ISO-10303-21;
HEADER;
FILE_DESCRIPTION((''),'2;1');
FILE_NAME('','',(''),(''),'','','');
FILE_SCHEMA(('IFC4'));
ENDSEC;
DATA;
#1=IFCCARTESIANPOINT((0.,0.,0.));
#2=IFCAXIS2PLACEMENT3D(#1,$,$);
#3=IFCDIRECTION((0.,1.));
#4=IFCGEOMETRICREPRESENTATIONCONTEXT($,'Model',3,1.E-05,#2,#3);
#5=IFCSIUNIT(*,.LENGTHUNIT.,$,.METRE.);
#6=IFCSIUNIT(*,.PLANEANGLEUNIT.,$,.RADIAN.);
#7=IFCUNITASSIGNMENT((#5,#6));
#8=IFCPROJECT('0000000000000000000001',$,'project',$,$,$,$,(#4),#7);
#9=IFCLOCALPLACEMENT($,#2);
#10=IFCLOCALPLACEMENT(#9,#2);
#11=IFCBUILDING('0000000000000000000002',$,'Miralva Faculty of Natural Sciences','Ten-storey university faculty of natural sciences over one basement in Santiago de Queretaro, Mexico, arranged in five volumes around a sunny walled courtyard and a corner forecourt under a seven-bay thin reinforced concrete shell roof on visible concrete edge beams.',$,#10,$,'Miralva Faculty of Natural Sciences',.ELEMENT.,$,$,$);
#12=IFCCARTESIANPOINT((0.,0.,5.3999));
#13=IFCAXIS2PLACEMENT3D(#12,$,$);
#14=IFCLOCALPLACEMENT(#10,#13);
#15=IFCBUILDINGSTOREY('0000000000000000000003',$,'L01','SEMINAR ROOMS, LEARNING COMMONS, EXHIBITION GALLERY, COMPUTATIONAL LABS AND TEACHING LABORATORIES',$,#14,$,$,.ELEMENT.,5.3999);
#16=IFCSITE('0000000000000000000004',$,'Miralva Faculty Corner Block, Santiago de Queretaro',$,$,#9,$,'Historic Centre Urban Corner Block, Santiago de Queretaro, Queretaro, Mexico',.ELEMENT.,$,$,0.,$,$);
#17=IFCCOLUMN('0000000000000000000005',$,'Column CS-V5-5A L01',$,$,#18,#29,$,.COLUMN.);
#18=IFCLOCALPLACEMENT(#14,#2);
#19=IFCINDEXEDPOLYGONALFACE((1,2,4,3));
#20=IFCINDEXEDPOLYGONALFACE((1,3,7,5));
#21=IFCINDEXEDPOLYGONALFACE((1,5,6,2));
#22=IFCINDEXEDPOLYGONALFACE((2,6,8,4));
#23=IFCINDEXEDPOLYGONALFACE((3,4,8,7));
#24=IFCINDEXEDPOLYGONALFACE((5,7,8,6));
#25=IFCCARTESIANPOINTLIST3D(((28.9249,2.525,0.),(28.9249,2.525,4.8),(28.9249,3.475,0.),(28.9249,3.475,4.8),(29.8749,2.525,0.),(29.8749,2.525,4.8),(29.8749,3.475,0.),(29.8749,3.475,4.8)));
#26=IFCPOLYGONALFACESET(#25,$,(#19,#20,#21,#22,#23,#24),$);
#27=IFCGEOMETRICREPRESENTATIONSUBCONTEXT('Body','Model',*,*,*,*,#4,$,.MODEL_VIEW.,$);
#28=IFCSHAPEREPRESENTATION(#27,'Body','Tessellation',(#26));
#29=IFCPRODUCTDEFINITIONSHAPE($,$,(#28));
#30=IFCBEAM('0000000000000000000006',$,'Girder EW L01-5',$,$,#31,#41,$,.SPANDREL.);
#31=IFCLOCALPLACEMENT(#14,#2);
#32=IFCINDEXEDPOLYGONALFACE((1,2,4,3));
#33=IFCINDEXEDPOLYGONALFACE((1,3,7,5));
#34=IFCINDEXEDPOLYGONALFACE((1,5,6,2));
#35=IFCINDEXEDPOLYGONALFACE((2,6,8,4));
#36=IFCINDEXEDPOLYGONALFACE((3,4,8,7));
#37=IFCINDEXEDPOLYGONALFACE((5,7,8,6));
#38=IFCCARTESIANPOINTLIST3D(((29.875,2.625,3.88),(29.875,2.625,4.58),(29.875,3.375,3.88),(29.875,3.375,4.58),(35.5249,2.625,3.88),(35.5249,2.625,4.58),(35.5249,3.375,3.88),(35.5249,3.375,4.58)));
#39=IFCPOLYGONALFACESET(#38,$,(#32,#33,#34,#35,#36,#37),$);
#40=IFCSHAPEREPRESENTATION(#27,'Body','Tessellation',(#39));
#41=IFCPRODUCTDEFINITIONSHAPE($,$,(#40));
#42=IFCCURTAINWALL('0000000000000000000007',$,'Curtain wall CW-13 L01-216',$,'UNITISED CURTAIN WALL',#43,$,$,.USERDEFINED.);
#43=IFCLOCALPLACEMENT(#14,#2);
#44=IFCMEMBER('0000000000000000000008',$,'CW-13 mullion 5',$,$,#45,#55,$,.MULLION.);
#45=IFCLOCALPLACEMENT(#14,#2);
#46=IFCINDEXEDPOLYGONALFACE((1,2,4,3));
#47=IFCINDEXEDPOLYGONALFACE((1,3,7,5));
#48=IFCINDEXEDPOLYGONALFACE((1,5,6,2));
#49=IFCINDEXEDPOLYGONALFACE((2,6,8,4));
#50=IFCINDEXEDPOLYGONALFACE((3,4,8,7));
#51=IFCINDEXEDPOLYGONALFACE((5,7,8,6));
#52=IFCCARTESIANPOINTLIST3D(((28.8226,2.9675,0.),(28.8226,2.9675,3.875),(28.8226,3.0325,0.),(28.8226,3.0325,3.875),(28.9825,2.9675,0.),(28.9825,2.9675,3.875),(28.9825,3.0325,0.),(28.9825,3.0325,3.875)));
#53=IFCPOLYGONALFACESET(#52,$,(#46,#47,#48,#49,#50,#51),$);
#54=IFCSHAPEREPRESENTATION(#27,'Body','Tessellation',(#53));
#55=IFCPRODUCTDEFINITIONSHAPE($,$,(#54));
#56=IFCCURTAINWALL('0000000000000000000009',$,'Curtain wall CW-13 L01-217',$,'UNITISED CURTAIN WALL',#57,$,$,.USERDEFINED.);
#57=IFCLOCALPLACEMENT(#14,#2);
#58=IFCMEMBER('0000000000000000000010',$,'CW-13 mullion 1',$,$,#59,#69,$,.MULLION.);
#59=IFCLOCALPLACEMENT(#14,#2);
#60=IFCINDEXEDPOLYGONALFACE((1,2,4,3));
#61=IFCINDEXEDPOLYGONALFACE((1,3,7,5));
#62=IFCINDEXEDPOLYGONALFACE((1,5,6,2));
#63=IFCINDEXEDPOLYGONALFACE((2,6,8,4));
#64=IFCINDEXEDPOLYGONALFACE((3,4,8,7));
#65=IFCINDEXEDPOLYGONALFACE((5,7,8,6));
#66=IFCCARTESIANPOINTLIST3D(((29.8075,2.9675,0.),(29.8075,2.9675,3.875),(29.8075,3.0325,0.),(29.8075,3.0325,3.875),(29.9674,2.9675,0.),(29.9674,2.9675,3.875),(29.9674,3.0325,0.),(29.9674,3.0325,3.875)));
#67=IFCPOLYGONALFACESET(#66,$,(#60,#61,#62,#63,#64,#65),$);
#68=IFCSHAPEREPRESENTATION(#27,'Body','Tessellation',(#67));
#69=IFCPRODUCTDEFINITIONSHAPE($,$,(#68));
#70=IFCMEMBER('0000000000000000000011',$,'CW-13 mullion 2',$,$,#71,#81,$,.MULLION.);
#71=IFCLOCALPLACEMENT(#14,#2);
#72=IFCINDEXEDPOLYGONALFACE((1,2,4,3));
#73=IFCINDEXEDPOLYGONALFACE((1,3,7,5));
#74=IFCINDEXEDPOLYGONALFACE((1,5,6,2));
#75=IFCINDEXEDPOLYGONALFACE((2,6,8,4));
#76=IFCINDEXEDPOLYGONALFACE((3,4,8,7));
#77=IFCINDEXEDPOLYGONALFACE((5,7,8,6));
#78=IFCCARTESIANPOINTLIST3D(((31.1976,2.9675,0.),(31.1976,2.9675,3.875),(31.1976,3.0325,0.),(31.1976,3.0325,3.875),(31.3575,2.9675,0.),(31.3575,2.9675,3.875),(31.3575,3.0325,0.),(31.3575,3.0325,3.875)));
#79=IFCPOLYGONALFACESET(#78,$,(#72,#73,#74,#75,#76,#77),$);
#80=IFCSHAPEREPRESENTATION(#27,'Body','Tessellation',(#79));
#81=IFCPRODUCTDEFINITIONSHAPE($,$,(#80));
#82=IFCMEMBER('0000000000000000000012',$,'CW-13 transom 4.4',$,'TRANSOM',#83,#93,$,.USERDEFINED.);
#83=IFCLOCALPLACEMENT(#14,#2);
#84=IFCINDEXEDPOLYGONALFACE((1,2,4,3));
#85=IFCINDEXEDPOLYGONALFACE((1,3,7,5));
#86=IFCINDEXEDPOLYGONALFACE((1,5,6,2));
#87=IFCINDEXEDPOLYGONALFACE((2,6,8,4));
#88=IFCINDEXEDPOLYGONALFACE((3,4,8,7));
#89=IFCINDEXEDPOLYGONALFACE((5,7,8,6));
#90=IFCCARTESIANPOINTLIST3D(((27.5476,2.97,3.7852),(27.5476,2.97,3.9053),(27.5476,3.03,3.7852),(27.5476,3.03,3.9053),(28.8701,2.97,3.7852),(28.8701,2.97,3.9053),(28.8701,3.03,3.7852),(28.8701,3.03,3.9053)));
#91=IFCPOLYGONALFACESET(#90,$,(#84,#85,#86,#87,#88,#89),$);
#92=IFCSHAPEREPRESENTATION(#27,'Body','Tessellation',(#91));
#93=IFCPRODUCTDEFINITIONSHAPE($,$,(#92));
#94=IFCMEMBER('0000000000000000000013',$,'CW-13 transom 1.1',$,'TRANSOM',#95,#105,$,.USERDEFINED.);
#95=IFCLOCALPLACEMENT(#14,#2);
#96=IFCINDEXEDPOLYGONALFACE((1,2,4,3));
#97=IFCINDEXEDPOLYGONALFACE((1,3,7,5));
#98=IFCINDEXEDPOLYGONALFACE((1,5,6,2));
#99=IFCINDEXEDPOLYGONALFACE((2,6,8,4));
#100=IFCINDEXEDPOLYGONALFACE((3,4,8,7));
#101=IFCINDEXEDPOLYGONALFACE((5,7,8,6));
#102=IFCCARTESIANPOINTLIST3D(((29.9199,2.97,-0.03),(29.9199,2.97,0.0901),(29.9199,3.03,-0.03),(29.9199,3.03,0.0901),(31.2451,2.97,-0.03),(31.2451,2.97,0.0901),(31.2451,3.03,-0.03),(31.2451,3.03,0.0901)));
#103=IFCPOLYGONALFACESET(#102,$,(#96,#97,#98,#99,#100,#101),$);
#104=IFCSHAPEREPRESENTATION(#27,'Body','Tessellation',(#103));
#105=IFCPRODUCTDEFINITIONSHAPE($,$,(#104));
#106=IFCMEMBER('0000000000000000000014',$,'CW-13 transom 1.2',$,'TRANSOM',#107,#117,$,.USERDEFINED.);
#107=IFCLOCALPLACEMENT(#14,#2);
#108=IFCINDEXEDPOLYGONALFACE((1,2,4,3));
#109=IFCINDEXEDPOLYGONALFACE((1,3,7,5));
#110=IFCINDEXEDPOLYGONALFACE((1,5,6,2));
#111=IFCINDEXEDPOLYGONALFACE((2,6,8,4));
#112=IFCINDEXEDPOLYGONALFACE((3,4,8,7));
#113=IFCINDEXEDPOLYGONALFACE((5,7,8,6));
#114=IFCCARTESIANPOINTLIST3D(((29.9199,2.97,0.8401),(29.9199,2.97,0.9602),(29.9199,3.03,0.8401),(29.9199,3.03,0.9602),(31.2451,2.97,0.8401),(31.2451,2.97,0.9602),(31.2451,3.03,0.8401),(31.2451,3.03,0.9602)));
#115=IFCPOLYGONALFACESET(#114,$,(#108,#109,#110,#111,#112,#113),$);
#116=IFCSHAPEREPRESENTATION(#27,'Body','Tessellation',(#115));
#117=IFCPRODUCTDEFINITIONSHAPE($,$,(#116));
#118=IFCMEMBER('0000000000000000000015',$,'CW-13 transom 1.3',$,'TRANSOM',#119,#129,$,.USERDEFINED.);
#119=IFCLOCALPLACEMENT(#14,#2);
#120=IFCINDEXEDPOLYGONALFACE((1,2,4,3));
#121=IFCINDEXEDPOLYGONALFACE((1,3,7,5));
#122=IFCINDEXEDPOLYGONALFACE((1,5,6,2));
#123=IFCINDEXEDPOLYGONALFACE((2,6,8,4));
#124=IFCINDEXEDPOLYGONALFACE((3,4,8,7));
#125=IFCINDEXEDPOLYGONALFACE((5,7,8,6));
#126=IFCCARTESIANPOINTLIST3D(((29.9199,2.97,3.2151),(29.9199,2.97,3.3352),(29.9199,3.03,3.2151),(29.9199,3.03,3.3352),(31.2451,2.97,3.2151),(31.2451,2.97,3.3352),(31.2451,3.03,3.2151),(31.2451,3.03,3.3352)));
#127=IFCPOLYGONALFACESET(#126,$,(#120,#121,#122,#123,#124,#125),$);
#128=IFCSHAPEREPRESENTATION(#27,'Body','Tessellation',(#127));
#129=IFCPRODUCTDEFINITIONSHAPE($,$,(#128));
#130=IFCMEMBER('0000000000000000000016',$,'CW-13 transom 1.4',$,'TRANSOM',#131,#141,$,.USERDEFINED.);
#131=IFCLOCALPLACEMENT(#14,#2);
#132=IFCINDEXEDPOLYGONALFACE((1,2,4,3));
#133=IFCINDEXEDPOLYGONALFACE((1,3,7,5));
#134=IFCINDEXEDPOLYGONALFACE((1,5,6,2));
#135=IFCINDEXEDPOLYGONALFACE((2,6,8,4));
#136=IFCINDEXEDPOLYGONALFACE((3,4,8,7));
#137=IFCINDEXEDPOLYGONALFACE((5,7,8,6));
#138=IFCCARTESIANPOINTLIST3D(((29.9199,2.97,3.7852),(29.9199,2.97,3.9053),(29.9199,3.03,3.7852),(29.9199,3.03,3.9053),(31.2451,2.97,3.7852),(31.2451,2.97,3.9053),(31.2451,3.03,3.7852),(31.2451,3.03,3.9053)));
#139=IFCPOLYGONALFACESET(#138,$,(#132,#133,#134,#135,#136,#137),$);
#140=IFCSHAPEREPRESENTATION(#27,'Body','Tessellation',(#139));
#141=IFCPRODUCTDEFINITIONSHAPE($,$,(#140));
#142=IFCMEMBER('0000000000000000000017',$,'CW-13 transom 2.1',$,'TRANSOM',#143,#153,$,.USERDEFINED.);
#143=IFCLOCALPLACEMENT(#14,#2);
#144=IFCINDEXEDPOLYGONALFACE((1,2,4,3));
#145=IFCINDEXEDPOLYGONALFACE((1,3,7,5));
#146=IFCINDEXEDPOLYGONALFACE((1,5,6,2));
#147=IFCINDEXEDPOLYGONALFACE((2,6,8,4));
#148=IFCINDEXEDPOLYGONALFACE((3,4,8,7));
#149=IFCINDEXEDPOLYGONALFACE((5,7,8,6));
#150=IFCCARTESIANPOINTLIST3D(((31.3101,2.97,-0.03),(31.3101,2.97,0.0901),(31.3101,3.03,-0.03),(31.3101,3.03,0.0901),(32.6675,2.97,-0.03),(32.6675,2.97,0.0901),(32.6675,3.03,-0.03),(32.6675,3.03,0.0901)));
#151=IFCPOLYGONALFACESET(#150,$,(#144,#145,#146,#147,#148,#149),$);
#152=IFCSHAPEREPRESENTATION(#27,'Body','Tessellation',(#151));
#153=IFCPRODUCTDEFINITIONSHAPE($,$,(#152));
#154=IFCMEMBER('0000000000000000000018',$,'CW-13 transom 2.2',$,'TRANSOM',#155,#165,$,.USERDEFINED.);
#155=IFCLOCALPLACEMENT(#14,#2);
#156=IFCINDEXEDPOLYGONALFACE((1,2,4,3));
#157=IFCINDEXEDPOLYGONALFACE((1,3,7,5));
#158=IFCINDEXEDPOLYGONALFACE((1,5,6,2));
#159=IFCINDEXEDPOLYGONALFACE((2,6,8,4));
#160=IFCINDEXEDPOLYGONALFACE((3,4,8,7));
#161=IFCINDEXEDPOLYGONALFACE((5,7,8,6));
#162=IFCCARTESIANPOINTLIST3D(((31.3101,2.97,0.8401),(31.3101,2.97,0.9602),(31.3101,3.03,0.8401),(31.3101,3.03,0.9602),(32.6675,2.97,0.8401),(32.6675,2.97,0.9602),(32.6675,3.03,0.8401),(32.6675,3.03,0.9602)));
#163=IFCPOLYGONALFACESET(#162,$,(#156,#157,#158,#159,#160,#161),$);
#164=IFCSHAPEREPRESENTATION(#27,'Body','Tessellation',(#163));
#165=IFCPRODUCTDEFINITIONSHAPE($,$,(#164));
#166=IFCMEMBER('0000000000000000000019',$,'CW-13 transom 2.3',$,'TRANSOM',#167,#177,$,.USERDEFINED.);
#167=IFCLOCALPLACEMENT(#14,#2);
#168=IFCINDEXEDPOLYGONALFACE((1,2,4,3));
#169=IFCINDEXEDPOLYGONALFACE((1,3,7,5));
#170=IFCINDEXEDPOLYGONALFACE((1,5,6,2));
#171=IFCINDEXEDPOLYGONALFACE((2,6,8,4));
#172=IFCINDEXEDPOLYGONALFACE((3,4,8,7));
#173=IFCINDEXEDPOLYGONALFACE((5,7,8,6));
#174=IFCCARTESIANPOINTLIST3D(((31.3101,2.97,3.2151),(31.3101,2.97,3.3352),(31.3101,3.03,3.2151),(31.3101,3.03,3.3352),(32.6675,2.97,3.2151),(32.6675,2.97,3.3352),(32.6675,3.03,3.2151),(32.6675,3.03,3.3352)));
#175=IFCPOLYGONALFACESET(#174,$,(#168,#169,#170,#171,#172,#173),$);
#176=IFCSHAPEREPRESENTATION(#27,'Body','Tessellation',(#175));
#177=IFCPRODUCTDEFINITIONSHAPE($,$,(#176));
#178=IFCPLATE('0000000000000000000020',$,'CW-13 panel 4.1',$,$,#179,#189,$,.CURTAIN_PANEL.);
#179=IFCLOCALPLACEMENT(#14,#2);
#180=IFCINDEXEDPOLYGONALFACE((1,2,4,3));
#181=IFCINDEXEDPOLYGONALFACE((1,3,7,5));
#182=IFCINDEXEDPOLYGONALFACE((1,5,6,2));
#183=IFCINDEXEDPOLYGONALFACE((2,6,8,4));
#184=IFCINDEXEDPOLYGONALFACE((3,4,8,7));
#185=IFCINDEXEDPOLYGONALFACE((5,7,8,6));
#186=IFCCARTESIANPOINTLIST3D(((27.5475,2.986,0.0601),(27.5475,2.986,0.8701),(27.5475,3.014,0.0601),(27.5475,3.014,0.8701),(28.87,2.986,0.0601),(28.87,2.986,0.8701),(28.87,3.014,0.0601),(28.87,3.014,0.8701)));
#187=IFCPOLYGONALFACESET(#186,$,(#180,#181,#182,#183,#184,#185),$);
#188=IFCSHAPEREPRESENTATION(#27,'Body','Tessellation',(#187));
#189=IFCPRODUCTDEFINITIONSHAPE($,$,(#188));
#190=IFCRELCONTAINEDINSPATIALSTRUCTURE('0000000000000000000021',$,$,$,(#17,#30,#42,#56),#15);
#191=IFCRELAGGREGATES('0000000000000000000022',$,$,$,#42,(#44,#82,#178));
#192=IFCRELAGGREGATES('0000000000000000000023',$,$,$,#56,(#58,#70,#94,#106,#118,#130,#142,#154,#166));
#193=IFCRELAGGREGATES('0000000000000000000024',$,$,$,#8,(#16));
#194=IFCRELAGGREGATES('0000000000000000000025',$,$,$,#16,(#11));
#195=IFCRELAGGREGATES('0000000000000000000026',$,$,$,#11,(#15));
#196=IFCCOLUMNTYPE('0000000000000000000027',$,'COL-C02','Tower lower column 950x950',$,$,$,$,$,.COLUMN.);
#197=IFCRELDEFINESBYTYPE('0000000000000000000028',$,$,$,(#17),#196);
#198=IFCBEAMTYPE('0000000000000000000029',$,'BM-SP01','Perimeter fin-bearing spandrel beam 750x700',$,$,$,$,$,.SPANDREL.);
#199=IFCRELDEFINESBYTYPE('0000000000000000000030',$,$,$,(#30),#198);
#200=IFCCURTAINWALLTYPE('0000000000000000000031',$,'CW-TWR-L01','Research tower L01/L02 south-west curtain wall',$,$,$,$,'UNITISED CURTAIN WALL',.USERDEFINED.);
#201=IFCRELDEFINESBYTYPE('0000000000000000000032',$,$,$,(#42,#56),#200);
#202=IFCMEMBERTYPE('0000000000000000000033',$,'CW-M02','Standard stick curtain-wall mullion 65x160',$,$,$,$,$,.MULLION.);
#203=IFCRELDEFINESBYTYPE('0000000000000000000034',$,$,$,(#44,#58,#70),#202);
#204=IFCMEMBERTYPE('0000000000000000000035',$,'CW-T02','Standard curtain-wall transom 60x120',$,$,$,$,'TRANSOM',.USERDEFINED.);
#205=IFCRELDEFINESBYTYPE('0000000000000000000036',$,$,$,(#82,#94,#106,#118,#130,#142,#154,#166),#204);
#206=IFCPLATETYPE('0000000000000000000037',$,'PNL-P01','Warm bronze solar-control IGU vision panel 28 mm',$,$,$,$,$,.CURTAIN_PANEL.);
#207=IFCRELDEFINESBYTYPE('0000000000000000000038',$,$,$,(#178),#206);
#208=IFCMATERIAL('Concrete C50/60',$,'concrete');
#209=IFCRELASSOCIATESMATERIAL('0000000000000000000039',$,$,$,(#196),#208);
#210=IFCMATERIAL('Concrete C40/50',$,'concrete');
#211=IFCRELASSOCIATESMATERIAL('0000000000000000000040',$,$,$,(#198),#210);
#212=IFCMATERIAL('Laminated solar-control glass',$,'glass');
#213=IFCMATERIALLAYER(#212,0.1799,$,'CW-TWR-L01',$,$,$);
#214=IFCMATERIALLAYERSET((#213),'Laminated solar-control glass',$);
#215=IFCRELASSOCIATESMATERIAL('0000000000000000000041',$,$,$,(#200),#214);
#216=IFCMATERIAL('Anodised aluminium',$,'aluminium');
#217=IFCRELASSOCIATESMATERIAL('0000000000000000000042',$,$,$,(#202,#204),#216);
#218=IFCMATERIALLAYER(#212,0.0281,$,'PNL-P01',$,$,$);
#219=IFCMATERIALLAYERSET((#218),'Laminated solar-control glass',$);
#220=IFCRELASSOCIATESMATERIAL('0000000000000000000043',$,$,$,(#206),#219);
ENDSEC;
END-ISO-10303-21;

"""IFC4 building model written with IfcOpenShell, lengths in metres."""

from ifc_helpers import new_model, si_unit, direction, frame, origin, origin_2d, place, context, subcontext, project, spatial, rectangle, extrude, material, layer, layer_set, material_profile, profile_set, type_object, element, aggregate, save


model = new_model("IFC4")

# Units and contexts
model_context = context("Model", 3, precision=1e-05, world=origin(), true_north=direction((0.0, 1.0)))
body_context = subcontext(model_context, "Body", "Model", "MODEL_VIEW")
ifc_project = project(units=[si_unit("LENGTHUNIT", "METRE"), si_unit("PLANEANGLEUNIT", "RADIAN")], contexts=[model_context])

# Site, building, storey
site_placement = place(None, origin())
site = spatial("IfcSite", under=ifc_project, at=site_placement, Name="Miralva Faculty Corner Block, Santiago de Queretaro", LongName="Historic Centre Urban Corner Block, Santiago de Queretaro, Queretaro, Mexico", CompositionType="ELEMENT", RefElevation=0.0)
building_placement = place(site_placement, origin())
building = spatial("IfcBuilding", under=site, at=building_placement, Name="Miralva Faculty of Natural Sciences", Description="Ten-storey university faculty of natural sciences over one basement in Santiago de Queretaro, Mexico, arranged in five volumes around a sunny walled courtyard and a corner forecourt under a seven-bay thin reinforced concrete shell roof on visible concrete edge beams.", LongName="Miralva Faculty of Natural Sciences", CompositionType="ELEMENT")
storey_placement = place(building_placement, frame((0.0, 0.0, 5.3999)))
storey = spatial("IfcBuildingStorey", under=building, at=storey_placement, Name="L01", Description="SEMINAR ROOMS, LEARNING COMMONS, EXHIBITION GALLERY, COMPUTATIONAL LABS AND TEACHING LABORATORIES", CompositionType="ELEMENT", Elevation=5.3999)

# Column
ifc_material_1 = material(Name="Concrete C50/60", Category="concrete")
ifc_material_profile_1 = material_profile(ifc_material_1, rectangle(XDim=0.95, YDim=0.95, at=origin_2d()), Name="RC 950x950")
ifc_profile_set_1 = profile_set([ifc_material_profile_1], Name="Concrete C50/60")
column_type = type_object("IfcColumnType", Name="COL-C02", Description="Tower lower column 950x950", PredefinedType="COLUMN", material=ifc_profile_set_1)
column_placement = place(storey_placement, frame((29.3999, 3.0, 0.0), z_axis=(0.0, 0.0, 1.0), x_axis=(1.0, 0.0, 0.0)))
element("IfcColumn", 1, at=column_placement, inside=storey, type_object=column_type, Name="Column CS-V5-5A L01", PredefinedType="COLUMN", context=body_context, shape_type="SweptSolid", body=[
    extrude(rectangle(XDim=0.95, YDim=0.95, at=origin_2d()), origin(), (0.0, 0.0, 1.0), 4.8),
])

# Beam
ifc_material_2 = material(Name="Concrete C40/50", Category="concrete")
ifc_material_profile_2 = material_profile(ifc_material_2, rectangle(XDim=0.75, YDim=0.7, at=origin_2d()), Name="RC 750x700")
ifc_profile_set_2 = profile_set([ifc_material_profile_2], Name="Concrete C40/50")
beam_type = type_object("IfcBeamType", Name="BM-SP01", Description="Perimeter fin-bearing spandrel beam 750x700", PredefinedType="SPANDREL", material=ifc_profile_set_2)
beam_placement = place(storey_placement, frame((29.875, 3.0, 4.23), z_axis=(1.0, 0.0, 0.0), x_axis=(0.0, 1.0, 0.0)))
element("IfcBeam", 2, at=beam_placement, inside=storey, type_object=beam_type, Name="Girder EW L01-5", PredefinedType="SPANDREL", context=body_context, shape_type="SweptSolid", body=[
    extrude(rectangle(XDim=0.75, YDim=0.7, at=origin_2d()), origin(), (0.0, 0.0, 1.0), 5.6499),
])

# Curtain wall, member
ifc_material_3 = material(Name="Laminated solar-control glass", Category="glass")
ifc_layer_1 = layer(ifc_material_3, 0.1799, Name="CW-TWR-L01")
ifc_layer_set_1 = layer_set([ifc_layer_1], Name="Laminated solar-control glass")
curtain_wall_type = type_object("IfcCurtainWallType", Name="CW-TWR-L01", Description="Research tower L01/L02 south-west curtain wall", ElementType="UNITISED CURTAIN WALL", PredefinedType="USERDEFINED", material=ifc_layer_set_1)
curtain_wall_1_placement = place(storey_placement, origin())
curtain_wall_1 = element("IfcCurtainWall", 3, at=curtain_wall_1_placement, inside=storey, type_object=curtain_wall_type, Name="Curtain wall CW-13 L01-216", ObjectType="UNITISED CURTAIN WALL", PredefinedType="USERDEFINED")
ifc_material_4 = material(Name="Anodised aluminium", Category="aluminium")
ifc_material_profile_3 = material_profile(ifc_material_4, rectangle(XDim=0.0649, YDim=0.1599, at=origin_2d()), Name="MULLION 65x160")
ifc_profile_set_3 = profile_set([ifc_material_profile_3], Name="Anodised aluminium")
member_type_1 = type_object("IfcMemberType", Name="CW-M02", Description="Standard stick curtain-wall mullion 65x160", PredefinedType="MULLION", material=ifc_profile_set_3)
member_1_placement = place(storey_placement, frame((28.9026, 3.0, 0.0), z_axis=(0.0, 0.0, 1.0), x_axis=(0.0, 1.0, 0.0)))
member_1 = element("IfcMember", 4, at=member_1_placement, type_object=member_type_1, Name="CW-13 mullion 5", PredefinedType="MULLION", context=body_context, shape_type="SweptSolid", body=[
    extrude(rectangle(XDim=0.0649, YDim=0.1599, at=origin_2d()), origin(), (0.0, 0.0, 1.0), 3.875),
])

# Curtain wall, members
curtain_wall_2_placement = place(storey_placement, origin())
curtain_wall_2 = element("IfcCurtainWall", 5, at=curtain_wall_2_placement, inside=storey, type_object=curtain_wall_type, Name="Curtain wall CW-13 L01-217", ObjectType="UNITISED CURTAIN WALL", PredefinedType="USERDEFINED")
member_2_placement = place(storey_placement, frame((29.8875, 3.0, 0.0), z_axis=(0.0, 0.0, 1.0), x_axis=(0.0, 1.0, 0.0)))
member_2 = element("IfcMember", 6, at=member_2_placement, type_object=member_type_1, Name="CW-13 mullion 1", PredefinedType="MULLION", context=body_context, shape_type="SweptSolid", body=[
    extrude(rectangle(XDim=0.0649, YDim=0.1599, at=origin_2d()), origin(), (0.0, 0.0, 1.0), 3.875),
])
member_3_placement = place(storey_placement, frame((31.2776, 3.0, 0.0), z_axis=(0.0, 0.0, 1.0), x_axis=(0.0, 1.0, 0.0)))
member_3 = element("IfcMember", 7, at=member_3_placement, type_object=member_type_1, Name="CW-13 mullion 2", PredefinedType="MULLION", context=body_context, shape_type="SweptSolid", body=[
    extrude(rectangle(XDim=0.0649, YDim=0.1599, at=origin_2d()), origin(), (0.0, 0.0, 1.0), 3.875),
])

# Members
ifc_material_profile_4 = material_profile(ifc_material_4, rectangle(XDim=0.0601, YDim=0.1201, at=origin_2d()), Name="TRANSOM 60x120")
ifc_profile_set_4 = profile_set([ifc_material_profile_4], Name="Anodised aluminium")
member_type_2 = type_object("IfcMemberType", Name="CW-T02", Description="Standard curtain-wall transom 60x120", ElementType="TRANSOM", PredefinedType="USERDEFINED", material=ifc_profile_set_4)
member_4_placement = place(storey_placement, frame((27.5476, 3.0, 3.8452), z_axis=(1.0, 0.0, 0.0), x_axis=(0.0, 1.0, 0.0)))
member_4 = element("IfcMember", 8, at=member_4_placement, type_object=member_type_2, Name="CW-13 transom 4.4", ObjectType="TRANSOM", PredefinedType="USERDEFINED", context=body_context, shape_type="SweptSolid", body=[
    extrude(rectangle(XDim=0.0601, YDim=0.1201, at=origin_2d()), origin(), (0.0, 0.0, 1.0), 1.3225),
])
member_5_placement = place(storey_placement, frame((29.9199, 3.0, 0.03), z_axis=(1.0, 0.0, 0.0), x_axis=(0.0, 1.0, 0.0)))
member_5 = element("IfcMember", 9, at=member_5_placement, type_object=member_type_2, Name="CW-13 transom 1.1", ObjectType="TRANSOM", PredefinedType="USERDEFINED", context=body_context, shape_type="SweptSolid", body=[
    extrude(rectangle(XDim=0.0601, YDim=0.1201, at=origin_2d()), origin(), (0.0, 0.0, 1.0), 1.3252),
])
member_6_placement = place(storey_placement, frame((29.9199, 3.0, 0.9001), z_axis=(1.0, 0.0, 0.0), x_axis=(0.0, 1.0, 0.0)))
member_6 = element("IfcMember", 10, at=member_6_placement, type_object=member_type_2, Name="CW-13 transom 1.2", ObjectType="TRANSOM", PredefinedType="USERDEFINED", context=body_context, shape_type="SweptSolid", body=[
    extrude(rectangle(XDim=0.0601, YDim=0.1201, at=origin_2d()), origin(), (0.0, 0.0, 1.0), 1.3252),
])
member_7_placement = place(storey_placement, frame((29.9199, 3.0, 3.2751), z_axis=(1.0, 0.0, 0.0), x_axis=(0.0, 1.0, 0.0)))
member_7 = element("IfcMember", 11, at=member_7_placement, type_object=member_type_2, Name="CW-13 transom 1.3", ObjectType="TRANSOM", PredefinedType="USERDEFINED", context=body_context, shape_type="SweptSolid", body=[
    extrude(rectangle(XDim=0.0601, YDim=0.1201, at=origin_2d()), origin(), (0.0, 0.0, 1.0), 1.3252),
])
member_8_placement = place(storey_placement, frame((29.9199, 3.0, 3.8452), z_axis=(1.0, 0.0, 0.0), x_axis=(0.0, 1.0, 0.0)))
member_8 = element("IfcMember", 12, at=member_8_placement, type_object=member_type_2, Name="CW-13 transom 1.4", ObjectType="TRANSOM", PredefinedType="USERDEFINED", context=body_context, shape_type="SweptSolid", body=[
    extrude(rectangle(XDim=0.0601, YDim=0.1201, at=origin_2d()), origin(), (0.0, 0.0, 1.0), 1.3252),
])
member_9_placement = place(storey_placement, frame((31.3101, 3.0, 0.03), z_axis=(1.0, 0.0, 0.0), x_axis=(0.0, 1.0, 0.0)))
member_9 = element("IfcMember", 13, at=member_9_placement, type_object=member_type_2, Name="CW-13 transom 2.1", ObjectType="TRANSOM", PredefinedType="USERDEFINED", context=body_context, shape_type="SweptSolid", body=[
    extrude(rectangle(XDim=0.0601, YDim=0.1201, at=origin_2d()), origin(), (0.0, 0.0, 1.0), 1.3574),
])
member_10_placement = place(storey_placement, frame((31.3101, 3.0, 0.9001), z_axis=(1.0, 0.0, 0.0), x_axis=(0.0, 1.0, 0.0)))
member_10 = element("IfcMember", 14, at=member_10_placement, type_object=member_type_2, Name="CW-13 transom 2.2", ObjectType="TRANSOM", PredefinedType="USERDEFINED", context=body_context, shape_type="SweptSolid", body=[
    extrude(rectangle(XDim=0.0601, YDim=0.1201, at=origin_2d()), origin(), (0.0, 0.0, 1.0), 1.3574),
])
member_11_placement = place(storey_placement, frame((31.3101, 3.0, 3.2751), z_axis=(1.0, 0.0, 0.0), x_axis=(0.0, 1.0, 0.0)))
member_11 = element("IfcMember", 15, at=member_11_placement, type_object=member_type_2, Name="CW-13 transom 2.3", ObjectType="TRANSOM", PredefinedType="USERDEFINED", context=body_context, shape_type="SweptSolid", body=[
    extrude(rectangle(XDim=0.0601, YDim=0.1201, at=origin_2d()), origin(), (0.0, 0.0, 1.0), 1.3574),
])

# Plate
ifc_layer_2 = layer(ifc_material_3, 0.0281, Name="PNL-P01")
ifc_layer_set_2 = layer_set([ifc_layer_2], Name="Laminated solar-control glass")
plate_type = type_object("IfcPlateType", Name="PNL-P01", Description="Warm bronze solar-control IGU vision panel 28 mm", PredefinedType="CURTAIN_PANEL", material=ifc_layer_set_2)
plate_1_placement = place(storey_placement, frame((28.2087, 3.0, 0.0601), z_axis=(0.0, 0.0, 1.0), x_axis=(1.0, 0.0, 0.0)))
plate_1 = element("IfcPlate", 16, at=plate_1_placement, type_object=plate_type, Name="CW-13 panel 4.1", PredefinedType="CURTAIN_PANEL", context=body_context, shape_type="SweptSolid", body=[
    extrude(rectangle(XDim=1.3225, YDim=0.0281, at=origin_2d()), origin(), (0.0, 0.0, 1.0), 0.8101),
])
aggregate(curtain_wall_1, [member_1, member_4, plate_1])
aggregate(curtain_wall_2, [member_2, member_3, member_5, member_6, member_7, member_8, member_9, member_10, member_11])

save(model, "model.ifc")
